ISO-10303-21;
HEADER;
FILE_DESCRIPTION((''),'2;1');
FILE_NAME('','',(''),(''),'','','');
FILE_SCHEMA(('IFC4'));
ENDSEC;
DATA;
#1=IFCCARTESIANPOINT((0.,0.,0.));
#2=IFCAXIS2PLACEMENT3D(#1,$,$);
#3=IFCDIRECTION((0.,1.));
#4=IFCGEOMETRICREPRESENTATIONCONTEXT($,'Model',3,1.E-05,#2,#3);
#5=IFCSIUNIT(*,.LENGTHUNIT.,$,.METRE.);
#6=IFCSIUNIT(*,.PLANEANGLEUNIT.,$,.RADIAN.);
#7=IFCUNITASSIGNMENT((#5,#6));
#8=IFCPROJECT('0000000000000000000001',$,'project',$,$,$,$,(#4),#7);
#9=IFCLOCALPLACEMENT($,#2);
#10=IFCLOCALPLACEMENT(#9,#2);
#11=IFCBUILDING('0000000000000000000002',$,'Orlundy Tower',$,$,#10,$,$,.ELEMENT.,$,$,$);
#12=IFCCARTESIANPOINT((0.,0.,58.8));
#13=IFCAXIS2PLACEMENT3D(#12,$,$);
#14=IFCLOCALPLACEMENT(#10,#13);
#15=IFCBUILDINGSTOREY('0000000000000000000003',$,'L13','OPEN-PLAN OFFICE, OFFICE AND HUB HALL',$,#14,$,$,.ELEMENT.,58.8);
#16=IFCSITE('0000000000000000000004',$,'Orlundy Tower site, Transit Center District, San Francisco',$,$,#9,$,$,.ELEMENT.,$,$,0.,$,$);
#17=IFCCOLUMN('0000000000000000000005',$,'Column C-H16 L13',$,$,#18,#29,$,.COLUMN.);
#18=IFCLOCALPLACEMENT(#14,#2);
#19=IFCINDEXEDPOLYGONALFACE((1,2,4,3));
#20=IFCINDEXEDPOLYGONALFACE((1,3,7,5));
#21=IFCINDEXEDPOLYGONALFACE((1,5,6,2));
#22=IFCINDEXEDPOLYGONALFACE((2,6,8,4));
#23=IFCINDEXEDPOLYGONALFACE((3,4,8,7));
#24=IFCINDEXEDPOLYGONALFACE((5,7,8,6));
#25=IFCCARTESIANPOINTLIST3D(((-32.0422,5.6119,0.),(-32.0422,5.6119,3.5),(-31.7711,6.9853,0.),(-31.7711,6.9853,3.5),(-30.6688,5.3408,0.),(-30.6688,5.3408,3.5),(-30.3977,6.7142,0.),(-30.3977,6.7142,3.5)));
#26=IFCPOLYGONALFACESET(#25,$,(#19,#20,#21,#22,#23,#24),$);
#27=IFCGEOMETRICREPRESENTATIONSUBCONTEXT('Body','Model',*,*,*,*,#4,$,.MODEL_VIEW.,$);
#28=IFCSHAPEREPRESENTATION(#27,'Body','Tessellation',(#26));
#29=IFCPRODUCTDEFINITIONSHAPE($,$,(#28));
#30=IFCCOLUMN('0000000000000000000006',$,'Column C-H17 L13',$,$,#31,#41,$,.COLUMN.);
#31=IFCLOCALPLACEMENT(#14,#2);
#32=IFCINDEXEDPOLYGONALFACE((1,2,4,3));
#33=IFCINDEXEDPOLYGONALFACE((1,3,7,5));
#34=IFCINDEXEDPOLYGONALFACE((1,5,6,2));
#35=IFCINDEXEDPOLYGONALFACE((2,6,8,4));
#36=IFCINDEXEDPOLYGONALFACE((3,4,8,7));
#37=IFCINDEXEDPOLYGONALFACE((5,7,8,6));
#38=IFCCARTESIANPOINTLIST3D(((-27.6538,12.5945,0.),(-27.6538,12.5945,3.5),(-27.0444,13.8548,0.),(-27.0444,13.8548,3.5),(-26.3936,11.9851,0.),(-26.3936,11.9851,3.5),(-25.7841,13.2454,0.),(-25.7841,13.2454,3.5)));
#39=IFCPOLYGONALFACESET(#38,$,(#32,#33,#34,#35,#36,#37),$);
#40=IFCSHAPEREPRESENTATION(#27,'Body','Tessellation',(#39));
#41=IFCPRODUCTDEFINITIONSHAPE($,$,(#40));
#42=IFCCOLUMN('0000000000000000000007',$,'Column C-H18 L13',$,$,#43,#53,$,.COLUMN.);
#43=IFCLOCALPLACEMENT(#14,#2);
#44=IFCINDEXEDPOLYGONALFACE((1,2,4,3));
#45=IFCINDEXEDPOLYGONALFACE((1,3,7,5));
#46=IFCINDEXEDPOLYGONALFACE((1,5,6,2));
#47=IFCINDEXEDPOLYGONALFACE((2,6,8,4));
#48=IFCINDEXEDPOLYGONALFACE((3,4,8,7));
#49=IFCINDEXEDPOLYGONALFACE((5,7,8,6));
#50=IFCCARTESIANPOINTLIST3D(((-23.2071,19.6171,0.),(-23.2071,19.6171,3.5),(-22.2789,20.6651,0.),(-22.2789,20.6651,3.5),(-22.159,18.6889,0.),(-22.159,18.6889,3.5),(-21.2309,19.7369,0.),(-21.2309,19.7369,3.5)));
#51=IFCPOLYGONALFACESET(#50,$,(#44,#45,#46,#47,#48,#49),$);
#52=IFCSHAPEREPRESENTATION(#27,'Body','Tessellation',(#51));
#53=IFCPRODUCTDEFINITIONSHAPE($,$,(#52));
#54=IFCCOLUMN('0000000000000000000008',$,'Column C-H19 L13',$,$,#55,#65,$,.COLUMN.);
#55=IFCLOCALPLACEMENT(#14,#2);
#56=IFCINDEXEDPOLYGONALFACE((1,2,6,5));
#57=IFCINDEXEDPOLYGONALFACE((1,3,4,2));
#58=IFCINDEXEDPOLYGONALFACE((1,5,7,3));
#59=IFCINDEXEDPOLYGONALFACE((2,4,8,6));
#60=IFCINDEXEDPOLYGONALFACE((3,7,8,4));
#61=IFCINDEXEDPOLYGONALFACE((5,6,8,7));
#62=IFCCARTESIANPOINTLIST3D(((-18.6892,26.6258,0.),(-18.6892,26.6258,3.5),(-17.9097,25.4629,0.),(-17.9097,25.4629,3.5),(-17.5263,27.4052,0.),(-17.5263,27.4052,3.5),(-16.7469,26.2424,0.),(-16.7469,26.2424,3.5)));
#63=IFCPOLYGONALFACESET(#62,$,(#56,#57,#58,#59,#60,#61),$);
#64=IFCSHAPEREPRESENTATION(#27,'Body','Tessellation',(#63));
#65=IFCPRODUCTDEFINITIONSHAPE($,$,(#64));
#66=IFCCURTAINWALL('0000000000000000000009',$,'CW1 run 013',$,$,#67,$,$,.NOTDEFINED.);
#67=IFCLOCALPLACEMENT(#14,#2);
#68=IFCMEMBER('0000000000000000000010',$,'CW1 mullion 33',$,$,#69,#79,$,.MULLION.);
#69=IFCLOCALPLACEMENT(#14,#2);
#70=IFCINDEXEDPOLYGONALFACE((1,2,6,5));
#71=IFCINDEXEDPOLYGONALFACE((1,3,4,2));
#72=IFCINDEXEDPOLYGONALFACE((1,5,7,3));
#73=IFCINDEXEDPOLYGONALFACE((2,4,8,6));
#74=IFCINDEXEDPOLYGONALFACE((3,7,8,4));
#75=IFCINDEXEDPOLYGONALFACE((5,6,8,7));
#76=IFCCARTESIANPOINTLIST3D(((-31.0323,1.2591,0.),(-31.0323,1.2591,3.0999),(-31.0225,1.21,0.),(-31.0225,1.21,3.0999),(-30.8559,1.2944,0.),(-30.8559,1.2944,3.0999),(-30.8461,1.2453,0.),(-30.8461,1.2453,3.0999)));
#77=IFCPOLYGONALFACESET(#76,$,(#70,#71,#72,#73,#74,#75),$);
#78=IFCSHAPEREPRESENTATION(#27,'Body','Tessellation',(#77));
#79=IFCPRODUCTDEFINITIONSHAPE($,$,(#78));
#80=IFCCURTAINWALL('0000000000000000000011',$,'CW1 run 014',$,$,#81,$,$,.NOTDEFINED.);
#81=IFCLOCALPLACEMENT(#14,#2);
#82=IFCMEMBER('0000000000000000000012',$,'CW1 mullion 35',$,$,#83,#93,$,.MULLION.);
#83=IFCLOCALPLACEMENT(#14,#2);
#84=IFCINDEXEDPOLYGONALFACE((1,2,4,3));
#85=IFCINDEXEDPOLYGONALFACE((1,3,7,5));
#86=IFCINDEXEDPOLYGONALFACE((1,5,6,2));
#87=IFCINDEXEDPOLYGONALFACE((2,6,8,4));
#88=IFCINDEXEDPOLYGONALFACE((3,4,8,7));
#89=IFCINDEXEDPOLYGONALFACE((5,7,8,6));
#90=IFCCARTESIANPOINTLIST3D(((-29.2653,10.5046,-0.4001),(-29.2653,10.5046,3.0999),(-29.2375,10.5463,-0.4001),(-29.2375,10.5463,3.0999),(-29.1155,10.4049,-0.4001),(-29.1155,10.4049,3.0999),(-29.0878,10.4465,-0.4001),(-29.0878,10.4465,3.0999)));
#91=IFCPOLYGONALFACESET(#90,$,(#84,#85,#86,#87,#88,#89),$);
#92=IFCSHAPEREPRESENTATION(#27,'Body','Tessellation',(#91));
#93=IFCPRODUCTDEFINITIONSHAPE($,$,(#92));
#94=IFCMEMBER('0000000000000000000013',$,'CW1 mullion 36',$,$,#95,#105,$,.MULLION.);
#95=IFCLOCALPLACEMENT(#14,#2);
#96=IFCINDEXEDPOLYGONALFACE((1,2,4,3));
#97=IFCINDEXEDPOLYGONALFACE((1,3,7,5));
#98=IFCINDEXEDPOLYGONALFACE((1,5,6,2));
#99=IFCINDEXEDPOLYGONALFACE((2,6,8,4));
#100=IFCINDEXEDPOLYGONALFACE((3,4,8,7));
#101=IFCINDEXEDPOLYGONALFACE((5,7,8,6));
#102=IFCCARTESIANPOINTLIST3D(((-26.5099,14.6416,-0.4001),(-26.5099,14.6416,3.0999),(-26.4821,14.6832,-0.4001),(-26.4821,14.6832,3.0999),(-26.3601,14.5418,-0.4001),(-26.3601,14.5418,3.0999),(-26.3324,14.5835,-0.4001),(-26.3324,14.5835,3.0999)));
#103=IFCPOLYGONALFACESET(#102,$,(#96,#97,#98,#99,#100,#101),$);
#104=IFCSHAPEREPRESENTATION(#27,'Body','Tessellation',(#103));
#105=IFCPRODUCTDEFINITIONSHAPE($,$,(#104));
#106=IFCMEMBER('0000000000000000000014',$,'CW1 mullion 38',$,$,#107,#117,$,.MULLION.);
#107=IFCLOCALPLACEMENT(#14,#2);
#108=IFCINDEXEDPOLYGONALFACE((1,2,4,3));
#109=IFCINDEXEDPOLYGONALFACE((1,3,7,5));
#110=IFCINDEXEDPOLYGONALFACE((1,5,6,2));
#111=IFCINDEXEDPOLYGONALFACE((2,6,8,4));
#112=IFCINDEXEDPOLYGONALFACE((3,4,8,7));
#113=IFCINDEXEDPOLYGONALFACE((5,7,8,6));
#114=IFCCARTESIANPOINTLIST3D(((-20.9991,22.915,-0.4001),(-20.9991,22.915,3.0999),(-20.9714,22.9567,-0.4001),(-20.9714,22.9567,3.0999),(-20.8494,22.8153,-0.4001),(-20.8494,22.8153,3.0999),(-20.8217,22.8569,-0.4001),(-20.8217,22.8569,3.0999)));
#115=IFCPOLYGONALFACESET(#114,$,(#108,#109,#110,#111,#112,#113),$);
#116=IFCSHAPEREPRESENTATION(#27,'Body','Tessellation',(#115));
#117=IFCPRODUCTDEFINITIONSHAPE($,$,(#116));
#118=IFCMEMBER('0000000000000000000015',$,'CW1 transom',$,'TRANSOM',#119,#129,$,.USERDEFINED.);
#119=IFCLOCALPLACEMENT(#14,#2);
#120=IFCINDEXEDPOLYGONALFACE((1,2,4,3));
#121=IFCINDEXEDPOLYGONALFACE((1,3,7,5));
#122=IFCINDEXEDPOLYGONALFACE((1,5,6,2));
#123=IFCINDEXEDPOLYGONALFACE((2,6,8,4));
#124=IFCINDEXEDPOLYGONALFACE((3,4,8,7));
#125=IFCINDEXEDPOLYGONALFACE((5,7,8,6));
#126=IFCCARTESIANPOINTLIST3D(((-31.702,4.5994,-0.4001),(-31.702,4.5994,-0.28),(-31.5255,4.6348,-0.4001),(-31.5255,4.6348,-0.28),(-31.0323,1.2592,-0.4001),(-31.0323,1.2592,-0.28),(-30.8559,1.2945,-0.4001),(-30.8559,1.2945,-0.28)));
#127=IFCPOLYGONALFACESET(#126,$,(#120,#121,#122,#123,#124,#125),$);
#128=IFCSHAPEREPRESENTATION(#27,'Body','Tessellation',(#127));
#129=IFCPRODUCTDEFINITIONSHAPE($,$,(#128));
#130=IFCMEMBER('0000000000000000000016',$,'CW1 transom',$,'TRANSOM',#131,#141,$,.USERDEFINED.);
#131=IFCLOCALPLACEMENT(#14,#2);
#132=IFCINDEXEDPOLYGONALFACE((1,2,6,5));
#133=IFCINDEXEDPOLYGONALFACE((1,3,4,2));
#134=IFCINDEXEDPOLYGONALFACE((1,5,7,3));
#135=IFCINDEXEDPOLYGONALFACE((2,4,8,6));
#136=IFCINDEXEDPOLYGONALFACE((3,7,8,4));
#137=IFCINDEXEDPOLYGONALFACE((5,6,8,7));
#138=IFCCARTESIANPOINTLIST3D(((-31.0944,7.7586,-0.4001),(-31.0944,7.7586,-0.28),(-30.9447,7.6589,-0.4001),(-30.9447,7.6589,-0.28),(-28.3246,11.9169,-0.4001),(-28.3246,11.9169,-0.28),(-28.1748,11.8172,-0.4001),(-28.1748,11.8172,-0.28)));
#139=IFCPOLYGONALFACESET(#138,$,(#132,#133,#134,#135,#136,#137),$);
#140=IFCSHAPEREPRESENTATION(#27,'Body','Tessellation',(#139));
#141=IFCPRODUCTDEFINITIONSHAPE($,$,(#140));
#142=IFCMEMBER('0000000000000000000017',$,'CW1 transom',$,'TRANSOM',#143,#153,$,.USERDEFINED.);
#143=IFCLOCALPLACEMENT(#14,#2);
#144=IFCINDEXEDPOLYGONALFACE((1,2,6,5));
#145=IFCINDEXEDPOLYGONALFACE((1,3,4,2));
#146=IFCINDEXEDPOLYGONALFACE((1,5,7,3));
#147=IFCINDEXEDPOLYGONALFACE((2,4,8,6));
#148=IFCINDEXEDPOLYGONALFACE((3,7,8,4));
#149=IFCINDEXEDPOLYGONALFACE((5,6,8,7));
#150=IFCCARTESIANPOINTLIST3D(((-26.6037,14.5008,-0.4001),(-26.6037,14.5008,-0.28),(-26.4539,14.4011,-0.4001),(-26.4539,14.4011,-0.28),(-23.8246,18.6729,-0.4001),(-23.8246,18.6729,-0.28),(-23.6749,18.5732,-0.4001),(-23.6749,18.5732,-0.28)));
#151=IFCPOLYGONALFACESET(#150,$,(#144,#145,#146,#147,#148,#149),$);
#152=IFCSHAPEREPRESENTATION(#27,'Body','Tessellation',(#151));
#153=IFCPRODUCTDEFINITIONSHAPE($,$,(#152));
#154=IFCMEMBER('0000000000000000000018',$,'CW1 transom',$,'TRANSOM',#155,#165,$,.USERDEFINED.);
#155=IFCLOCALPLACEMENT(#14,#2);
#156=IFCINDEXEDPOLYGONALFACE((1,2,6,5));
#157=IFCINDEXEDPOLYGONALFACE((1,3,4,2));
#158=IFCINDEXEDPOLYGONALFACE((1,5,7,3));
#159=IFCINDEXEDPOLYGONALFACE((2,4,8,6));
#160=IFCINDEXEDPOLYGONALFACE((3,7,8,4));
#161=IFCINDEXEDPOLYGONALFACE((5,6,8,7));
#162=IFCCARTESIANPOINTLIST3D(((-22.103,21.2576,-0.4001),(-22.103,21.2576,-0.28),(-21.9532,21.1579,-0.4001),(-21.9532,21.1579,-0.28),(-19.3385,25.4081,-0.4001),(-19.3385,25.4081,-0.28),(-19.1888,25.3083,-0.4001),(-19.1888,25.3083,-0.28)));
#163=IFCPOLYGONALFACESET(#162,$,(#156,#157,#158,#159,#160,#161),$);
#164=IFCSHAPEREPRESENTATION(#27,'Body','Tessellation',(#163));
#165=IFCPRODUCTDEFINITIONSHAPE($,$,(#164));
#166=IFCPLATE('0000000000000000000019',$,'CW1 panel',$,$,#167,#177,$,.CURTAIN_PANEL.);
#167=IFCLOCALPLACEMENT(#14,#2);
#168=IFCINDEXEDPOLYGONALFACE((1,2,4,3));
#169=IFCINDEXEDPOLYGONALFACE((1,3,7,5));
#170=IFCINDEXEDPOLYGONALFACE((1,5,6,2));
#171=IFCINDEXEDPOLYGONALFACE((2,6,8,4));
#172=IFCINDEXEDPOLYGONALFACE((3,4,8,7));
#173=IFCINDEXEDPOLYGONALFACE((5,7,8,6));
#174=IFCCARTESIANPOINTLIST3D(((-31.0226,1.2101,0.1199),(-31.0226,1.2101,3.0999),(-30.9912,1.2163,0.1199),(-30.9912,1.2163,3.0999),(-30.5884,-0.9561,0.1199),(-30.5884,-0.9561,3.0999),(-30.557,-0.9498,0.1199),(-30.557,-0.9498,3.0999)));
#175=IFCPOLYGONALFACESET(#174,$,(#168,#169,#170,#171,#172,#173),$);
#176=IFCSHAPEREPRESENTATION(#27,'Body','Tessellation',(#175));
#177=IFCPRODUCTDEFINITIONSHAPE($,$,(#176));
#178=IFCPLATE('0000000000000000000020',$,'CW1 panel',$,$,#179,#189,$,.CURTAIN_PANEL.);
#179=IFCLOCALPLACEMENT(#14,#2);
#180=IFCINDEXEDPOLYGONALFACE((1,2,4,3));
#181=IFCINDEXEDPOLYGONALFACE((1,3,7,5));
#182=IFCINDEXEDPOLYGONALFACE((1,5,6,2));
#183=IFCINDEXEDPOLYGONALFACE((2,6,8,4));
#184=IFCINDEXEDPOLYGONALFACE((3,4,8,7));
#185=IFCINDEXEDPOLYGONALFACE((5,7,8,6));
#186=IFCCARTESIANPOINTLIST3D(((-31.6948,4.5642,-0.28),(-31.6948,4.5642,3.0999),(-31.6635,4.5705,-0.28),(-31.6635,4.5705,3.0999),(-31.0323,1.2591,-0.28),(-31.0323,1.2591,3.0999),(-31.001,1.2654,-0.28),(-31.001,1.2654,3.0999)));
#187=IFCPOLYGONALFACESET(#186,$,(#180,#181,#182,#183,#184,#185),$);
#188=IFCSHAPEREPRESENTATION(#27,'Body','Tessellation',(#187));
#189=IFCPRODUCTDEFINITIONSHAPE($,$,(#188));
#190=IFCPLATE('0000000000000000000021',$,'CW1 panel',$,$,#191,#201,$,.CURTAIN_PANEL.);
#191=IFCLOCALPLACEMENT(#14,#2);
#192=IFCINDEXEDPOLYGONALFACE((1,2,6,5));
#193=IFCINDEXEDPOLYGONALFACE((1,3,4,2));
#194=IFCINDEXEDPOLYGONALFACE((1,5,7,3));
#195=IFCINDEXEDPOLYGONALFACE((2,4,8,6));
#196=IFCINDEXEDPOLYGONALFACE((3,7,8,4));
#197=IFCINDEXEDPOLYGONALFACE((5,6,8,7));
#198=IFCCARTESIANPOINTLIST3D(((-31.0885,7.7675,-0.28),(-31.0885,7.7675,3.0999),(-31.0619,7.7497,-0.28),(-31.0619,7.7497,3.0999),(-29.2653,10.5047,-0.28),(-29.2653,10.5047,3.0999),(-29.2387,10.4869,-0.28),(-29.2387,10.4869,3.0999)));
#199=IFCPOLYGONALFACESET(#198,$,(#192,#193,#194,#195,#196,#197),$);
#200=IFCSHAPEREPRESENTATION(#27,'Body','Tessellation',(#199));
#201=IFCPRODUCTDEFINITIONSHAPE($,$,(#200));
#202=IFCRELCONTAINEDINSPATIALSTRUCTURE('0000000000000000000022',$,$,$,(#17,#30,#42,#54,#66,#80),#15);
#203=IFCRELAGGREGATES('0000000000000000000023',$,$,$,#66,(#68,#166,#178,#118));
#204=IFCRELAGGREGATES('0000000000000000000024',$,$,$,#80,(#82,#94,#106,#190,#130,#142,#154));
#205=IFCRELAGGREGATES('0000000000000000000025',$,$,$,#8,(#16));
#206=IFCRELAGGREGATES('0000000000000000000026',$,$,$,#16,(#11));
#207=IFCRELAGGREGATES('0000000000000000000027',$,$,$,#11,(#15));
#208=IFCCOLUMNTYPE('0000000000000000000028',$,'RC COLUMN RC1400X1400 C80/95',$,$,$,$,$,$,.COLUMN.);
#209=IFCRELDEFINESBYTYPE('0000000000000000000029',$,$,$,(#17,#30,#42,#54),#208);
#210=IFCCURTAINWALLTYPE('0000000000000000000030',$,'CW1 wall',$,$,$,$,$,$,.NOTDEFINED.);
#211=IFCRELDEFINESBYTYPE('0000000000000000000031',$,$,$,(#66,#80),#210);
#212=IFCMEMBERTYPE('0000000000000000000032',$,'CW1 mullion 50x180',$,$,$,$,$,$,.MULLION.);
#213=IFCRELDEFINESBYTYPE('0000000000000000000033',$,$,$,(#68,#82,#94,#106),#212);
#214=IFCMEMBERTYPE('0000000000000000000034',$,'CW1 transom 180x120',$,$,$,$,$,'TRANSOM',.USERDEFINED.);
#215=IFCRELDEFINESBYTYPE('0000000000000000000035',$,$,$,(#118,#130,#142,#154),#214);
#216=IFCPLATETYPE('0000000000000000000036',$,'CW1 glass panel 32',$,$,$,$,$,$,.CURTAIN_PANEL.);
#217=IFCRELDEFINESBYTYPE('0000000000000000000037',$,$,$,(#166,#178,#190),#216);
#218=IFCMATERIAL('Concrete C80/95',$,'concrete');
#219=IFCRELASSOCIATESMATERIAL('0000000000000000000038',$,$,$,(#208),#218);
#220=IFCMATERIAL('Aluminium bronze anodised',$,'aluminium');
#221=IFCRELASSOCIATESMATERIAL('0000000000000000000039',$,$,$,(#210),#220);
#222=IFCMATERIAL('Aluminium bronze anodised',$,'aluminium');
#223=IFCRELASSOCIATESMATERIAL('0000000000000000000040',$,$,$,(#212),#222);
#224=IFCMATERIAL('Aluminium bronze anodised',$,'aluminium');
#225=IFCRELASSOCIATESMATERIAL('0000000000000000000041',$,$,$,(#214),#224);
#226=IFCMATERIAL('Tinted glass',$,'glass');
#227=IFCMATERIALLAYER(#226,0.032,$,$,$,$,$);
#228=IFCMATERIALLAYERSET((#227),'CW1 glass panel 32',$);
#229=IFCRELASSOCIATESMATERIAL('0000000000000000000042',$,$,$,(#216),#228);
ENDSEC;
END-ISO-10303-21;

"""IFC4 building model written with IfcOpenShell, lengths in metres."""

from ifc_helpers import new_model, si_unit, direction, frame, origin, origin_2d, place, context, subcontext, project, spatial, rectangle, extrude, material, layer, layer_set, material_profile, profile_set, type_object, element, aggregate, save


model = new_model("IFC4")

# Units and contexts
model_context = context("Model", 3, precision=1e-05, world=origin(), true_north=direction((0.0, 1.0)))
body_context = subcontext(model_context, "Body", "Model", "MODEL_VIEW")
ifc_project = project(units=[si_unit("LENGTHUNIT", "METRE"), si_unit("PLANEANGLEUNIT", "RADIAN")], contexts=[model_context])

# Site, building, storey
site_placement = place(None, origin())
site = spatial("IfcSite", under=ifc_project, at=site_placement, Name="Orlundy Tower site, Transit Center District, San Francisco", CompositionType="ELEMENT", RefElevation=0.0)
building_placement = place(site_placement, origin())
building = spatial("IfcBuilding", under=site, at=building_placement, Name="Orlundy Tower", CompositionType="ELEMENT")
storey_placement = place(building_placement, frame((0.0, 0.0, 58.8)))
storey = spatial("IfcBuildingStorey", under=building, at=storey_placement, Name="L13", Description="OPEN-PLAN OFFICE, OFFICE AND HUB HALL", CompositionType="ELEMENT", Elevation=58.8)

# Columns
ifc_material_1 = material(Name="Concrete C80/95", Category="concrete")
ifc_material_profile_1 = material_profile(ifc_material_1, rectangle(XDim=1.3999, YDim=1.3999, at=origin_2d()), Name="RC1400X1400")
ifc_profile_set_1 = profile_set([ifc_material_profile_1], Name="Concrete C80/95")
column_type = type_object("IfcColumnType", Name="RC COLUMN RC1400X1400 C80/95", PredefinedType="COLUMN", material=ifc_profile_set_1)
for number, where, z_axis, x_axis, name in (
    (1, (-31.22, 6.1631, 0.0), (0.0, 0.0, 1.0), (-0.981067, 0.193669, 0.0), "Column C-H16 L13"),
    (2, (-26.719, 12.9199, 0.0), (0.0, 0.0, 1.0), (-0.900273, 0.435325, 0.0), "Column C-H17 L13"),
    (3, (-22.219, 19.677, 0.0), (0.0, 0.0, 1.0), (-0.748632, 0.662986, 0.0), "Column C-H18 L13"),
    (4, (-17.718, 26.4341, 0.0), (0.0, 0.0, 1.0), (-0.556774, 0.830664, 0.0), "Column C-H19 L13"),
):
    element("IfcColumn", number, at=place(storey_placement, frame(where, z_axis=z_axis, x_axis=x_axis)), inside=storey, type_object=column_type, Name=name, PredefinedType="COLUMN", context=body_context, shape_type="SweptSolid", body=[
        extrude(rectangle(XDim=1.3999, YDim=1.3999, at=origin_2d()), origin(), (0.0, 0.0, 1.0), 3.5),
    ])

# Curtain wall, member
ifc_material_2 = material(Name="Aluminium bronze anodised", Category="aluminium")
curtain_wall_type = type_object("IfcCurtainWallType", Name="CW1 wall", PredefinedType="NOTDEFINED", material=ifc_material_2)
curtain_wall_1_placement = place(storey_placement, origin())
curtain_wall_1 = element("IfcCurtainWall", 5, at=curtain_wall_1_placement, inside=storey, type_object=curtain_wall_type, Name="CW1 run 013", PredefinedType="NOTDEFINED")
ifc_material_3 = material(Name="Aluminium bronze anodised", Category="aluminium")
ifc_material_profile_2 = material_profile(ifc_material_3, rectangle(XDim=0.1799, YDim=0.05, at=origin_2d()), Name="CW1 mullion 50x180")
ifc_profile_set_2 = profile_set([ifc_material_profile_2], Name="Aluminium bronze anodised")
member_type_1 = type_object("IfcMemberType", Name="CW1 mullion 50x180", PredefinedType="MULLION", material=ifc_profile_set_2)
member_1_placement = place(storey_placement, frame((-30.9392, 1.2522, 0.0), z_axis=(0.0, 0.0, 1.0), x_axis=(-0.980498, -0.196529, 0.0)))
member_1 = element("IfcMember", 6, at=member_1_placement, type_object=member_type_1, Name="CW1 mullion 33", PredefinedType="MULLION", context=body_context, shape_type="SweptSolid", body=[
    extrude(rectangle(XDim=0.1799, YDim=0.05, at=origin_2d()), origin(), (0.0, 0.0, 1.0), 3.0999),
])

# Curtain wall, members
curtain_wall_2_placement = place(storey_placement, origin())
curtain_wall_2 = element("IfcCurtainWall", 7, at=curtain_wall_2_placement, inside=storey, type_object=curtain_wall_type, Name="CW1 run 014", PredefinedType="NOTDEFINED")
member_2_placement = place(storey_placement, frame((-29.1765, 10.4756, -0.4001), z_axis=(0.0, 0.0, 1.0), x_axis=(-0.832279, 0.554357, 0.0)))
member_2 = element("IfcMember", 8, at=member_2_placement, type_object=member_type_1, Name="CW1 mullion 35", PredefinedType="MULLION", context=body_context, shape_type="SweptSolid", body=[
    extrude(rectangle(XDim=0.1799, YDim=0.05, at=origin_2d()), origin(), (0.0, 0.0, 1.0), 3.5),
])
member_3_placement = place(storey_placement, frame((-26.4211, 14.6125, -0.4001), z_axis=(0.0, 0.0, 1.0), x_axis=(-0.832279, 0.554357, 0.0)))
member_3 = element("IfcMember", 9, at=member_3_placement, type_object=member_type_1, Name="CW1 mullion 36", PredefinedType="MULLION", context=body_context, shape_type="SweptSolid", body=[
    extrude(rectangle(XDim=0.1799, YDim=0.05, at=origin_2d()), origin(), (0.0, 0.0, 1.0), 3.5),
])
member_4_placement = place(storey_placement, frame((-20.9104, 22.886, -0.4001), z_axis=(0.0, 0.0, 1.0), x_axis=(-0.832279, 0.554357, 0.0)))
member_4 = element("IfcMember", 10, at=member_4_placement, type_object=member_type_1, Name="CW1 mullion 38", PredefinedType="MULLION", context=body_context, shape_type="SweptSolid", body=[
    extrude(rectangle(XDim=0.1799, YDim=0.05, at=origin_2d()), origin(), (0.0, 0.0, 1.0), 3.5),
])

# Members
ifc_material_4 = material(Name="Aluminium bronze anodised", Category="aluminium")
ifc_material_profile_3 = material_profile(ifc_material_4, rectangle(XDim=0.1799, YDim=0.1201, at=origin_2d()), Name="CW1 transom 180x120")
ifc_profile_set_3 = profile_set([ifc_material_profile_3], Name="Aluminium bronze anodised")
member_type_2 = type_object("IfcMemberType", Name="CW1 transom 180x120", ElementType="TRANSOM", PredefinedType="USERDEFINED", material=ifc_profile_set_3)
member_5_placement = place(storey_placement, frame((-30.9441, 1.2769, -0.3401), z_axis=(-0.196571, 0.98049, 0.0), x_axis=(-0.98049, -0.196571, 0.0)))
member_5 = element("IfcMember", 11, at=member_5_placement, type_object=member_type_2, Name="CW1 transom", ObjectType="TRANSOM", PredefinedType="USERDEFINED", context=body_context, shape_type="SweptSolid", body=[
    extrude(rectangle(XDim=0.1799, YDim=0.1201, at=origin_2d()), origin(), (0.0, 0.0, 1.0), 3.4067),
])
member_6_placement = place(storey_placement, frame((-31.0195, 7.7087, -0.3401), z_axis=(0.554373, 0.832268, 0.0), x_axis=(-0.832268, 0.554373, 0.0)))
member_6 = element("IfcMember", 12, at=member_6_placement, type_object=member_type_2, Name="CW1 transom", ObjectType="TRANSOM", PredefinedType="USERDEFINED", context=body_context, shape_type="SweptSolid", body=[
    extrude(rectangle(XDim=0.1799, YDim=0.1201, at=origin_2d()), origin(), (0.0, 0.0, 1.0), 4.9963),
])
member_7_placement = place(storey_placement, frame((-26.5288, 14.4509, -0.3401), z_axis=(0.554374, 0.832268, 0.0), x_axis=(-0.832268, 0.554374, 0.0)))
member_7 = element("IfcMember", 13, at=member_7_placement, type_object=member_type_2, Name="CW1 transom", ObjectType="TRANSOM", PredefinedType="USERDEFINED", context=body_context, shape_type="SweptSolid", body=[
    extrude(rectangle(XDim=0.1799, YDim=0.1201, at=origin_2d()), origin(), (0.0, 0.0, 1.0), 5.0129),
])
member_8_placement = place(storey_placement, frame((-22.0281, 21.2078, -0.3401), z_axis=(0.55435, 0.832284, 0.0), x_axis=(-0.832284, 0.55435, 0.0)))
member_8 = element("IfcMember", 14, at=member_8_placement, type_object=member_type_2, Name="CW1 transom", ObjectType="TRANSOM", PredefinedType="USERDEFINED", context=body_context, shape_type="SweptSolid", body=[
    extrude(rectangle(XDim=0.1799, YDim=0.1201, at=origin_2d()), origin(), (0.0, 0.0, 1.0), 4.9868),
])

# Plates
ifc_material_5 = material(Name="Tinted glass", Category="glass")
ifc_layer_1 = layer(ifc_material_5, 0.032)
ifc_layer_set_1 = layer_set([ifc_layer_1], Name="CW1 glass panel 32")
plate_type = type_object("IfcPlateType", Name="CW1 glass panel 32", PredefinedType="CURTAIN_PANEL", material=ifc_layer_set_1)
plate_1_placement = place(storey_placement, frame((-30.7898, 0.1301, 0.1199), z_axis=(0.0, 0.0, 1.0), x_axis=(-0.196529, 0.980498, 0.0)))
plate_1 = element("IfcPlate", 15, at=plate_1_placement, type_object=plate_type, Name="CW1 panel", PredefinedType="CURTAIN_PANEL", context=body_context, shape_type="SweptSolid", body=[
    extrude(rectangle(XDim=2.2092, YDim=0.032, at=origin_2d()), origin(), (0.0, 0.0, 1.0), 2.98),
])
plate_2_placement = place(storey_placement, frame((-31.3479, 2.9148, -0.28), z_axis=(0.0, 0.0, 1.0), x_axis=(-0.196529, 0.980498, 0.0)))
plate_2 = element("IfcPlate", 16, at=plate_2_placement, type_object=plate_type, Name="CW1 panel", PredefinedType="CURTAIN_PANEL", context=body_context, shape_type="SweptSolid", body=[
    extrude(rectangle(XDim=3.3708, YDim=0.032, at=origin_2d()), origin(), (0.0, 0.0, 1.0), 3.3799),
])
aggregate(curtain_wall_1, [member_1, plate_1, plate_2, member_5])
plate_3_placement = place(storey_placement, frame((-30.1636, 9.1272, -0.28), z_axis=(0.0, 0.0, 1.0), x_axis=(0.554357, 0.832279, 0.0)))
plate_3 = element("IfcPlate", 17, at=plate_3_placement, type_object=plate_type, Name="CW1 panel", PredefinedType="CURTAIN_PANEL", context=body_context, shape_type="SweptSolid", body=[
    extrude(rectangle(XDim=3.2888, YDim=0.032, at=origin_2d()), origin(), (0.0, 0.0, 1.0), 3.3799),
])
aggregate(curtain_wall_2, [member_2, member_3, member_4, plate_3, member_6, member_7, member_8])

save(model, "model.ifc")
